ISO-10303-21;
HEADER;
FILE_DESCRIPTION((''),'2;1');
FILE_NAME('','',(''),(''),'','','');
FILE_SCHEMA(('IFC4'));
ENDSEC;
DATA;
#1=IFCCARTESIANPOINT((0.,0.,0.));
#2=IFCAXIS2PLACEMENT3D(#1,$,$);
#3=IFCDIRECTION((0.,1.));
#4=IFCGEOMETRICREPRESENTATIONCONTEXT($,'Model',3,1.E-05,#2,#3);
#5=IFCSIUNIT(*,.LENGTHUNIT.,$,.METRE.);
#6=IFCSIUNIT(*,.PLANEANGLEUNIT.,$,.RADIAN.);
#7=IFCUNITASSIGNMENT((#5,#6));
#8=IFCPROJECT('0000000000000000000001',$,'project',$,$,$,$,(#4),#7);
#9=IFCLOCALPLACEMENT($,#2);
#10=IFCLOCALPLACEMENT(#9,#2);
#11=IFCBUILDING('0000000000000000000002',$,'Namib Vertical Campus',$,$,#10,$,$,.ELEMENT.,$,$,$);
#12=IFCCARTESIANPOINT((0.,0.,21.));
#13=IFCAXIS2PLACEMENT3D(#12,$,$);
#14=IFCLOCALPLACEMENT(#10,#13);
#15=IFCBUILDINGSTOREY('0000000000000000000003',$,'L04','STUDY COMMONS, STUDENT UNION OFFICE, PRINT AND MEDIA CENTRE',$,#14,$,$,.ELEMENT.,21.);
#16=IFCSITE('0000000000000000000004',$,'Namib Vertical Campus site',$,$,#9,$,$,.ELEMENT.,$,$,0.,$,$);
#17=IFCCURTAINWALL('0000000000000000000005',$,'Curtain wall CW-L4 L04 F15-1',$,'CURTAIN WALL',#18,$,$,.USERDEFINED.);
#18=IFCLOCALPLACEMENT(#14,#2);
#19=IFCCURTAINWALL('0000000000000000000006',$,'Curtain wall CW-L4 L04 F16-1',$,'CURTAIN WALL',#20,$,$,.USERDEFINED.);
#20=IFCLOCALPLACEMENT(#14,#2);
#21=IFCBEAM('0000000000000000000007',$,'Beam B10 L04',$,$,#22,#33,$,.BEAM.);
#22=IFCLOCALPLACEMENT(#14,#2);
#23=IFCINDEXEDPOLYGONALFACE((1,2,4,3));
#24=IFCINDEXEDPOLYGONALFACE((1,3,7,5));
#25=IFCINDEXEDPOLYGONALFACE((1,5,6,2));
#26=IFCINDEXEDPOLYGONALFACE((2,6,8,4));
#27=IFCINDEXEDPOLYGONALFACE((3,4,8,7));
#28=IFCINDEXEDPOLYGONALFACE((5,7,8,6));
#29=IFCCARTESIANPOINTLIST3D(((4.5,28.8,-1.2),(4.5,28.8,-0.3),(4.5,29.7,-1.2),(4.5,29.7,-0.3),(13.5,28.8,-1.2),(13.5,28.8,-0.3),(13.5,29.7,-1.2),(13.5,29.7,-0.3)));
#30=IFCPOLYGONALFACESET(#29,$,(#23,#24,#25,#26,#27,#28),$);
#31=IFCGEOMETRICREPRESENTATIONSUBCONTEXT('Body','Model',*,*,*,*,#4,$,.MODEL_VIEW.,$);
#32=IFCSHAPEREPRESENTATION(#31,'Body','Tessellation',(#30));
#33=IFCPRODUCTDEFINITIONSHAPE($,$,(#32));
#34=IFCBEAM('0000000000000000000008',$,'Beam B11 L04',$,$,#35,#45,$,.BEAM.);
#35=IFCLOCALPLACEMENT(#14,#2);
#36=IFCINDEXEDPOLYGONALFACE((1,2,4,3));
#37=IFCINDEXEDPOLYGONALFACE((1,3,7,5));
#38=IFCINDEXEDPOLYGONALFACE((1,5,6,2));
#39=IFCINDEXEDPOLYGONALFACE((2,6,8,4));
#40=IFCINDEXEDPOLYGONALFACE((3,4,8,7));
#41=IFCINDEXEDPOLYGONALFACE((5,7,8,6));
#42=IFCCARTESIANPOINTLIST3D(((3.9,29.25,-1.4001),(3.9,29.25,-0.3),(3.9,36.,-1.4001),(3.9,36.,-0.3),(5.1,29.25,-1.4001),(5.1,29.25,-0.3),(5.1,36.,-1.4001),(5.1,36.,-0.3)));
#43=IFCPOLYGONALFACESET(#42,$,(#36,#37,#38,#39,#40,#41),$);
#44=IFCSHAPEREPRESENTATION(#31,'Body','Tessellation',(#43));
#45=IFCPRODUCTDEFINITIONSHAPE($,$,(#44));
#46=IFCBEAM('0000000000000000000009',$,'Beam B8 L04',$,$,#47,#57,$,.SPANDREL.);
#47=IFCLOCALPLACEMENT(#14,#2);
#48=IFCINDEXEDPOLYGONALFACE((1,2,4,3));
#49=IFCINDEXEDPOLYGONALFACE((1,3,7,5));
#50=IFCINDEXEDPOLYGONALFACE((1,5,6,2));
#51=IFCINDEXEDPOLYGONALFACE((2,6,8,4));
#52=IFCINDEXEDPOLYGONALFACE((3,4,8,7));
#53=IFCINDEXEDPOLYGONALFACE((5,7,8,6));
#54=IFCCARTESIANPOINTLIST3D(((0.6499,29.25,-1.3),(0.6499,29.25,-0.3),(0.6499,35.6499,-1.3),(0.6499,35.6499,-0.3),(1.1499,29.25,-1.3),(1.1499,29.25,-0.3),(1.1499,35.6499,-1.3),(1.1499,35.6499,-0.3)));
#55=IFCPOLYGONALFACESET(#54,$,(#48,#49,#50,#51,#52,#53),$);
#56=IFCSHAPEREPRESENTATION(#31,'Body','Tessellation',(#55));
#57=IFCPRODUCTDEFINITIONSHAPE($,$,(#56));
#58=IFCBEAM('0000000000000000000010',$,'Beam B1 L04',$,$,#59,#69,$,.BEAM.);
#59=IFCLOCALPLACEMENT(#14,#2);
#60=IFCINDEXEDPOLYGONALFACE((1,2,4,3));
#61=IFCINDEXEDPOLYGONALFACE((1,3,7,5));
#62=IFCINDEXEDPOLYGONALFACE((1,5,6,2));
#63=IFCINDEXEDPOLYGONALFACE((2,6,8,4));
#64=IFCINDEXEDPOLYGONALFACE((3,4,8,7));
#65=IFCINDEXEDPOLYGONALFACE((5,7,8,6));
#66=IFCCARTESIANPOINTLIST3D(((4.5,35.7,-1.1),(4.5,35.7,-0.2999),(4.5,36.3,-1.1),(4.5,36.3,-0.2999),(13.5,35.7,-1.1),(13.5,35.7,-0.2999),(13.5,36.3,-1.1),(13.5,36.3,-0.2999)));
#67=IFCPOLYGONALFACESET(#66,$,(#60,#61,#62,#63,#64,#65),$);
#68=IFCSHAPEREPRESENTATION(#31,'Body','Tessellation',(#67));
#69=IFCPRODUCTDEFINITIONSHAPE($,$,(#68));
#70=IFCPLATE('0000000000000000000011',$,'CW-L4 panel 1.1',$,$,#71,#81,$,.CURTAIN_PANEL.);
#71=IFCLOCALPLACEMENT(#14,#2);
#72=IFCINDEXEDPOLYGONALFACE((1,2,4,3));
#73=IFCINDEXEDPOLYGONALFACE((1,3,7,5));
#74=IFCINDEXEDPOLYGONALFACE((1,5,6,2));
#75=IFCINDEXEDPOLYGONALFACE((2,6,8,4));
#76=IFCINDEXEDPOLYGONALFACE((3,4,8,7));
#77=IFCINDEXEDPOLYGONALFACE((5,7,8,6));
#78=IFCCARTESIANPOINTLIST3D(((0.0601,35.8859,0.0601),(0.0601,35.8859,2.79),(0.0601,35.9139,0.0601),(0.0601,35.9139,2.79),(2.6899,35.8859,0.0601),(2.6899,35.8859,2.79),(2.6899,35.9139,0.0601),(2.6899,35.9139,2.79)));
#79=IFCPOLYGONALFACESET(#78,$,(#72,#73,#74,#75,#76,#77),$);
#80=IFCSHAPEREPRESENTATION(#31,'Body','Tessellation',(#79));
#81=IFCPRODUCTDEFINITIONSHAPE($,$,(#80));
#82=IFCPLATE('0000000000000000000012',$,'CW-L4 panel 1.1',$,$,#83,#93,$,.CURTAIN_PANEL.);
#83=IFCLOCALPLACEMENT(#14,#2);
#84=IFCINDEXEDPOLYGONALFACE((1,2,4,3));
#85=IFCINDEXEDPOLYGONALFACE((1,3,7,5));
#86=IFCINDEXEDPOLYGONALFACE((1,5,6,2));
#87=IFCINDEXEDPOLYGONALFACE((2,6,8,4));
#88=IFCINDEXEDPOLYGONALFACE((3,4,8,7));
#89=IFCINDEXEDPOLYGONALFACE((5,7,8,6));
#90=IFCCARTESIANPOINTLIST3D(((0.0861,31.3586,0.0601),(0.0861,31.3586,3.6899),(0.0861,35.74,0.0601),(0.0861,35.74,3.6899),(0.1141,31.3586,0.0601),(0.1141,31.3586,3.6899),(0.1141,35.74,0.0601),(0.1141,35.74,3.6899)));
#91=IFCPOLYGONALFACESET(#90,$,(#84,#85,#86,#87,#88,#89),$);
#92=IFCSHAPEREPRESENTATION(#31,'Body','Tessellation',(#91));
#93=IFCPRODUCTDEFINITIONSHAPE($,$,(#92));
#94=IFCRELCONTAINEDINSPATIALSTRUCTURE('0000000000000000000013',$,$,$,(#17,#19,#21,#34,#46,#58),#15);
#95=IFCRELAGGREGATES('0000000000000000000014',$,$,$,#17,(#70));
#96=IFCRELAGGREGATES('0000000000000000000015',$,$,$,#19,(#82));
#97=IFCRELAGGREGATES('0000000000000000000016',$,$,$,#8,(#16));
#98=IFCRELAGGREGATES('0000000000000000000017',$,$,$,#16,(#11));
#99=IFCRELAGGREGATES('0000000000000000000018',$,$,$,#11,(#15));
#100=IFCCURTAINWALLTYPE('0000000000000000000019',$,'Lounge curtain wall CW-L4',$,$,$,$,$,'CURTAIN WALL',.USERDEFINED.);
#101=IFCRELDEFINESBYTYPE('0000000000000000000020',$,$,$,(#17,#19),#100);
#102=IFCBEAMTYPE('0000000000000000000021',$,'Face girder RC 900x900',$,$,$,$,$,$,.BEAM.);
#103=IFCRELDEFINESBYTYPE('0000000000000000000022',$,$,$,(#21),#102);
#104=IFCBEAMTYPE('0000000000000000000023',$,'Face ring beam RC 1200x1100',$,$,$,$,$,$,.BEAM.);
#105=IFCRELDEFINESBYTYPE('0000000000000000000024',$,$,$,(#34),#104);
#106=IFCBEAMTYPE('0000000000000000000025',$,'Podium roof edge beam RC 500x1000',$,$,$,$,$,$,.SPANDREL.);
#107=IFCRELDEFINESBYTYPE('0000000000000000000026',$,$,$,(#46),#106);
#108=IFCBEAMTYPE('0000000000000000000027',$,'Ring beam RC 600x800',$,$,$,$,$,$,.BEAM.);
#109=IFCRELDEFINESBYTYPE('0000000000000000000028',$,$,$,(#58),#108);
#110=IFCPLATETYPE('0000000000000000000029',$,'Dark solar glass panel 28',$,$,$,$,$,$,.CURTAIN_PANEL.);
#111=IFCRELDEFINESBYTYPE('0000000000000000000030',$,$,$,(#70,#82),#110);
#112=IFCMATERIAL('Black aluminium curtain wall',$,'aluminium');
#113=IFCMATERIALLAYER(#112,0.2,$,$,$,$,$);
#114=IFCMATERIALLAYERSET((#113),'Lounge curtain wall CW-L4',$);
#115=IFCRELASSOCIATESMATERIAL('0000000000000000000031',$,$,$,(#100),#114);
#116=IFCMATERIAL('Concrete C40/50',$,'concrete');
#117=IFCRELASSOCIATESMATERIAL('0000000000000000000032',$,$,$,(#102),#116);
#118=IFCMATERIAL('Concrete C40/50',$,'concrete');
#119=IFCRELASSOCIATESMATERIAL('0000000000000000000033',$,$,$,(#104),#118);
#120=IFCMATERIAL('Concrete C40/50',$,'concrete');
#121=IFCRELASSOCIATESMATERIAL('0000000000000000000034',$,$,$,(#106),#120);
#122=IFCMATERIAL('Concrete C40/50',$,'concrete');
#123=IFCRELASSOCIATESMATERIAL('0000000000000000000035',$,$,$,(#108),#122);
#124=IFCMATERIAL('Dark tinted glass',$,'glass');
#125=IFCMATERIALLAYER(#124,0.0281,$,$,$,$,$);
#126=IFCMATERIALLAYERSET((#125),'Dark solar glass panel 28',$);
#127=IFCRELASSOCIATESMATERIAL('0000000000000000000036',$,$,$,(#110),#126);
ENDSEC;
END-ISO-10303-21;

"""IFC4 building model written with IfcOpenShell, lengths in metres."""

from ifc_helpers import new_model, si_unit, direction, frame, origin, origin_2d, place, context, subcontext, project, spatial, rectangle, extrude, material, layer, layer_set, material_profile, profile_set, type_object, element, aggregate, save


model = new_model("IFC4")

# Units and contexts
model_context = context("Model", 3, precision=1e-05, world=origin(), true_north=direction((0.0, 1.0)))
body_context = subcontext(model_context, "Body", "Model", "MODEL_VIEW")
ifc_project = project(units=[si_unit("LENGTHUNIT", "METRE"), si_unit("PLANEANGLEUNIT", "RADIAN")], contexts=[model_context])

# Site, building, storey
site_placement = place(None, origin())
site = spatial("IfcSite", under=ifc_project, at=site_placement, Name="Namib Vertical Campus site", CompositionType="ELEMENT", RefElevation=0.0)
building_placement = place(site_placement, origin())
building = spatial("IfcBuilding", under=site, at=building_placement, Name="Namib Vertical Campus", CompositionType="ELEMENT")
storey_placement = place(building_placement, frame((0.0, 0.0, 21.0)))
storey = spatial("IfcBuildingStorey", under=building, at=storey_placement, Name="L04", Description="STUDY COMMONS, STUDENT UNION OFFICE, PRINT AND MEDIA CENTRE", CompositionType="ELEMENT", Elevation=21.0)

# Shared definitions
ifc_material_1 = material(Name="Black aluminium curtain wall", Category="aluminium")
ifc_layer_1 = layer(ifc_material_1, 0.2)
ifc_layer_set_1 = layer_set([ifc_layer_1], Name="Lounge curtain wall CW-L4")
curtain_wall_type = type_object("IfcCurtainWallType", Name="Lounge curtain wall CW-L4", ElementType="CURTAIN WALL", PredefinedType="USERDEFINED", material=ifc_layer_set_1)

# Curtain walls
curtain_wall_1_placement = place(storey_placement, origin())
curtain_wall_1 = element("IfcCurtainWall", 1, at=curtain_wall_1_placement, inside=storey, type_object=curtain_wall_type, Name="Curtain wall CW-L4 L04 F15-1", ObjectType="CURTAIN WALL", PredefinedType="USERDEFINED")
curtain_wall_2_placement = place(storey_placement, origin())
curtain_wall_2 = element("IfcCurtainWall", 2, at=curtain_wall_2_placement, inside=storey, type_object=curtain_wall_type, Name="Curtain wall CW-L4 L04 F16-1", ObjectType="CURTAIN WALL", PredefinedType="USERDEFINED")

# Beams
ifc_material_2 = material(Name="Concrete C40/50", Category="concrete")
ifc_material_profile_1 = material_profile(ifc_material_2, rectangle(XDim=0.8999, YDim=0.8999, at=origin_2d()))
ifc_profile_set_1 = profile_set([ifc_material_profile_1], Name="Concrete C40/50")
beam_type_1 = type_object("IfcBeamType", Name="Face girder RC 900x900", PredefinedType="BEAM", material=ifc_profile_set_1)
beam_1_placement = place(storey_placement, frame((4.5, 29.25, -0.75), z_axis=(1.0, 0.0, 0.0), x_axis=(0.0, 1.0, 0.0)))
element("IfcBeam", 3, at=beam_1_placement, inside=storey, type_object=beam_type_1, Name="Beam B10 L04", PredefinedType="BEAM", context=body_context, shape_type="SweptSolid", body=[
    extrude(rectangle(XDim=0.8999, YDim=0.8999, at=origin_2d()), origin(), (0.0, 0.0, 1.0), 9.0),
])
ifc_material_3 = material(Name="Concrete C40/50", Category="concrete")
ifc_material_profile_2 = material_profile(ifc_material_3, rectangle(XDim=1.2, YDim=1.1001, at=origin_2d()))
ifc_profile_set_2 = profile_set([ifc_material_profile_2], Name="Concrete C40/50")
beam_type_2 = type_object("IfcBeamType", Name="Face ring beam RC 1200x1100", PredefinedType="BEAM", material=ifc_profile_set_2)
beam_2_placement = place(storey_placement, frame((4.5, 29.25, -0.8501), z_axis=(0.0, 1.0, 0.0), x_axis=(-1.0, 0.0, 0.0)))
element("IfcBeam", 4, at=beam_2_placement, inside=storey, type_object=beam_type_2, Name="Beam B11 L04", PredefinedType="BEAM", context=body_context, shape_type="SweptSolid", body=[
    extrude(rectangle(XDim=1.2, YDim=1.1001, at=origin_2d()), origin(), (0.0, 0.0, 1.0), 6.75),
])
ifc_material_4 = material(Name="Concrete C40/50", Category="concrete")
ifc_material_profile_3 = material_profile(ifc_material_4, rectangle(XDim=0.5, YDim=1.0, at=origin_2d()))
ifc_profile_set_3 = profile_set([ifc_material_profile_3], Name="Concrete C40/50")
beam_type_3 = type_object("IfcBeamType", Name="Podium roof edge beam RC 500x1000", PredefinedType="SPANDREL", material=ifc_profile_set_3)
beam_3_placement = place(storey_placement, frame((0.8999, 29.25, -0.8), z_axis=(0.0, 1.0, 0.0), x_axis=(-1.0, 0.0, 0.0)))
element("IfcBeam", 5, at=beam_3_placement, inside=storey, type_object=beam_type_3, Name="Beam B8 L04", PredefinedType="SPANDREL", context=body_context, shape_type="SweptSolid", body=[
    extrude(rectangle(XDim=0.5, YDim=1.0, at=origin_2d()), origin(), (0.0, 0.0, 1.0), 6.3999),
])
ifc_material_5 = material(Name="Concrete C40/50", Category="concrete")
ifc_material_profile_4 = material_profile(ifc_material_5, rectangle(XDim=0.6001, YDim=0.8, at=origin_2d()))
ifc_profile_set_4 = profile_set([ifc_material_profile_4], Name="Concrete C40/50")
beam_type_4 = type_object("IfcBeamType", Name="Ring beam RC 600x800", PredefinedType="BEAM", material=ifc_profile_set_4)
beam_4_placement = place(storey_placement, frame((4.5, 36.0, -0.7), z_axis=(1.0, 0.0, 0.0), x_axis=(0.0, 1.0, 0.0)))
element("IfcBeam", 6, at=beam_4_placement, inside=storey, type_object=beam_type_4, Name="Beam B1 L04", PredefinedType="BEAM", context=body_context, shape_type="SweptSolid", body=[
    extrude(rectangle(XDim=0.6001, YDim=0.8, at=origin_2d()), origin(), (0.0, 0.0, 1.0), 9.0),
])

# Plates
ifc_material_6 = material(Name="Dark tinted glass", Category="glass")
ifc_layer_2 = layer(ifc_material_6, 0.0281)
ifc_layer_set_2 = layer_set([ifc_layer_2], Name="Dark solar glass panel 28")
plate_type = type_object("IfcPlateType", Name="Dark solar glass panel 28", PredefinedType="CURTAIN_PANEL", material=ifc_layer_set_2)
plate_1_placement = place(storey_placement, frame((1.375, 35.8999, 0.0601), z_axis=(0.0, 0.0, 1.0), x_axis=(-1.0, 0.0, 0.0)))
plate_1 = element("IfcPlate", 7, at=plate_1_placement, type_object=plate_type, Name="CW-L4 panel 1.1", PredefinedType="CURTAIN_PANEL", context=body_context, shape_type="SweptSolid", body=[
    extrude(rectangle(XDim=2.6299, YDim=0.0281, at=origin_2d()), origin(), (0.0, 0.0, 1.0), 2.73),
])
aggregate(curtain_wall_1, [plate_1])
plate_2_placement = place(storey_placement, frame((0.1001, 33.5493, 0.0601), z_axis=(0.0, 0.0, 1.0), x_axis=(0.0, -1.0, 0.0)))
plate_2 = element("IfcPlate", 8, at=plate_2_placement, type_object=plate_type, Name="CW-L4 panel 1.1", PredefinedType="CURTAIN_PANEL", context=body_context, shape_type="SweptSolid", body=[
    extrude(rectangle(XDim=4.3813, YDim=0.0281, at=origin_2d()), origin(), (0.0, 0.0, 1.0), 3.6299),
])
aggregate(curtain_wall_2, [plate_2])

save(model, "model.ifc")
